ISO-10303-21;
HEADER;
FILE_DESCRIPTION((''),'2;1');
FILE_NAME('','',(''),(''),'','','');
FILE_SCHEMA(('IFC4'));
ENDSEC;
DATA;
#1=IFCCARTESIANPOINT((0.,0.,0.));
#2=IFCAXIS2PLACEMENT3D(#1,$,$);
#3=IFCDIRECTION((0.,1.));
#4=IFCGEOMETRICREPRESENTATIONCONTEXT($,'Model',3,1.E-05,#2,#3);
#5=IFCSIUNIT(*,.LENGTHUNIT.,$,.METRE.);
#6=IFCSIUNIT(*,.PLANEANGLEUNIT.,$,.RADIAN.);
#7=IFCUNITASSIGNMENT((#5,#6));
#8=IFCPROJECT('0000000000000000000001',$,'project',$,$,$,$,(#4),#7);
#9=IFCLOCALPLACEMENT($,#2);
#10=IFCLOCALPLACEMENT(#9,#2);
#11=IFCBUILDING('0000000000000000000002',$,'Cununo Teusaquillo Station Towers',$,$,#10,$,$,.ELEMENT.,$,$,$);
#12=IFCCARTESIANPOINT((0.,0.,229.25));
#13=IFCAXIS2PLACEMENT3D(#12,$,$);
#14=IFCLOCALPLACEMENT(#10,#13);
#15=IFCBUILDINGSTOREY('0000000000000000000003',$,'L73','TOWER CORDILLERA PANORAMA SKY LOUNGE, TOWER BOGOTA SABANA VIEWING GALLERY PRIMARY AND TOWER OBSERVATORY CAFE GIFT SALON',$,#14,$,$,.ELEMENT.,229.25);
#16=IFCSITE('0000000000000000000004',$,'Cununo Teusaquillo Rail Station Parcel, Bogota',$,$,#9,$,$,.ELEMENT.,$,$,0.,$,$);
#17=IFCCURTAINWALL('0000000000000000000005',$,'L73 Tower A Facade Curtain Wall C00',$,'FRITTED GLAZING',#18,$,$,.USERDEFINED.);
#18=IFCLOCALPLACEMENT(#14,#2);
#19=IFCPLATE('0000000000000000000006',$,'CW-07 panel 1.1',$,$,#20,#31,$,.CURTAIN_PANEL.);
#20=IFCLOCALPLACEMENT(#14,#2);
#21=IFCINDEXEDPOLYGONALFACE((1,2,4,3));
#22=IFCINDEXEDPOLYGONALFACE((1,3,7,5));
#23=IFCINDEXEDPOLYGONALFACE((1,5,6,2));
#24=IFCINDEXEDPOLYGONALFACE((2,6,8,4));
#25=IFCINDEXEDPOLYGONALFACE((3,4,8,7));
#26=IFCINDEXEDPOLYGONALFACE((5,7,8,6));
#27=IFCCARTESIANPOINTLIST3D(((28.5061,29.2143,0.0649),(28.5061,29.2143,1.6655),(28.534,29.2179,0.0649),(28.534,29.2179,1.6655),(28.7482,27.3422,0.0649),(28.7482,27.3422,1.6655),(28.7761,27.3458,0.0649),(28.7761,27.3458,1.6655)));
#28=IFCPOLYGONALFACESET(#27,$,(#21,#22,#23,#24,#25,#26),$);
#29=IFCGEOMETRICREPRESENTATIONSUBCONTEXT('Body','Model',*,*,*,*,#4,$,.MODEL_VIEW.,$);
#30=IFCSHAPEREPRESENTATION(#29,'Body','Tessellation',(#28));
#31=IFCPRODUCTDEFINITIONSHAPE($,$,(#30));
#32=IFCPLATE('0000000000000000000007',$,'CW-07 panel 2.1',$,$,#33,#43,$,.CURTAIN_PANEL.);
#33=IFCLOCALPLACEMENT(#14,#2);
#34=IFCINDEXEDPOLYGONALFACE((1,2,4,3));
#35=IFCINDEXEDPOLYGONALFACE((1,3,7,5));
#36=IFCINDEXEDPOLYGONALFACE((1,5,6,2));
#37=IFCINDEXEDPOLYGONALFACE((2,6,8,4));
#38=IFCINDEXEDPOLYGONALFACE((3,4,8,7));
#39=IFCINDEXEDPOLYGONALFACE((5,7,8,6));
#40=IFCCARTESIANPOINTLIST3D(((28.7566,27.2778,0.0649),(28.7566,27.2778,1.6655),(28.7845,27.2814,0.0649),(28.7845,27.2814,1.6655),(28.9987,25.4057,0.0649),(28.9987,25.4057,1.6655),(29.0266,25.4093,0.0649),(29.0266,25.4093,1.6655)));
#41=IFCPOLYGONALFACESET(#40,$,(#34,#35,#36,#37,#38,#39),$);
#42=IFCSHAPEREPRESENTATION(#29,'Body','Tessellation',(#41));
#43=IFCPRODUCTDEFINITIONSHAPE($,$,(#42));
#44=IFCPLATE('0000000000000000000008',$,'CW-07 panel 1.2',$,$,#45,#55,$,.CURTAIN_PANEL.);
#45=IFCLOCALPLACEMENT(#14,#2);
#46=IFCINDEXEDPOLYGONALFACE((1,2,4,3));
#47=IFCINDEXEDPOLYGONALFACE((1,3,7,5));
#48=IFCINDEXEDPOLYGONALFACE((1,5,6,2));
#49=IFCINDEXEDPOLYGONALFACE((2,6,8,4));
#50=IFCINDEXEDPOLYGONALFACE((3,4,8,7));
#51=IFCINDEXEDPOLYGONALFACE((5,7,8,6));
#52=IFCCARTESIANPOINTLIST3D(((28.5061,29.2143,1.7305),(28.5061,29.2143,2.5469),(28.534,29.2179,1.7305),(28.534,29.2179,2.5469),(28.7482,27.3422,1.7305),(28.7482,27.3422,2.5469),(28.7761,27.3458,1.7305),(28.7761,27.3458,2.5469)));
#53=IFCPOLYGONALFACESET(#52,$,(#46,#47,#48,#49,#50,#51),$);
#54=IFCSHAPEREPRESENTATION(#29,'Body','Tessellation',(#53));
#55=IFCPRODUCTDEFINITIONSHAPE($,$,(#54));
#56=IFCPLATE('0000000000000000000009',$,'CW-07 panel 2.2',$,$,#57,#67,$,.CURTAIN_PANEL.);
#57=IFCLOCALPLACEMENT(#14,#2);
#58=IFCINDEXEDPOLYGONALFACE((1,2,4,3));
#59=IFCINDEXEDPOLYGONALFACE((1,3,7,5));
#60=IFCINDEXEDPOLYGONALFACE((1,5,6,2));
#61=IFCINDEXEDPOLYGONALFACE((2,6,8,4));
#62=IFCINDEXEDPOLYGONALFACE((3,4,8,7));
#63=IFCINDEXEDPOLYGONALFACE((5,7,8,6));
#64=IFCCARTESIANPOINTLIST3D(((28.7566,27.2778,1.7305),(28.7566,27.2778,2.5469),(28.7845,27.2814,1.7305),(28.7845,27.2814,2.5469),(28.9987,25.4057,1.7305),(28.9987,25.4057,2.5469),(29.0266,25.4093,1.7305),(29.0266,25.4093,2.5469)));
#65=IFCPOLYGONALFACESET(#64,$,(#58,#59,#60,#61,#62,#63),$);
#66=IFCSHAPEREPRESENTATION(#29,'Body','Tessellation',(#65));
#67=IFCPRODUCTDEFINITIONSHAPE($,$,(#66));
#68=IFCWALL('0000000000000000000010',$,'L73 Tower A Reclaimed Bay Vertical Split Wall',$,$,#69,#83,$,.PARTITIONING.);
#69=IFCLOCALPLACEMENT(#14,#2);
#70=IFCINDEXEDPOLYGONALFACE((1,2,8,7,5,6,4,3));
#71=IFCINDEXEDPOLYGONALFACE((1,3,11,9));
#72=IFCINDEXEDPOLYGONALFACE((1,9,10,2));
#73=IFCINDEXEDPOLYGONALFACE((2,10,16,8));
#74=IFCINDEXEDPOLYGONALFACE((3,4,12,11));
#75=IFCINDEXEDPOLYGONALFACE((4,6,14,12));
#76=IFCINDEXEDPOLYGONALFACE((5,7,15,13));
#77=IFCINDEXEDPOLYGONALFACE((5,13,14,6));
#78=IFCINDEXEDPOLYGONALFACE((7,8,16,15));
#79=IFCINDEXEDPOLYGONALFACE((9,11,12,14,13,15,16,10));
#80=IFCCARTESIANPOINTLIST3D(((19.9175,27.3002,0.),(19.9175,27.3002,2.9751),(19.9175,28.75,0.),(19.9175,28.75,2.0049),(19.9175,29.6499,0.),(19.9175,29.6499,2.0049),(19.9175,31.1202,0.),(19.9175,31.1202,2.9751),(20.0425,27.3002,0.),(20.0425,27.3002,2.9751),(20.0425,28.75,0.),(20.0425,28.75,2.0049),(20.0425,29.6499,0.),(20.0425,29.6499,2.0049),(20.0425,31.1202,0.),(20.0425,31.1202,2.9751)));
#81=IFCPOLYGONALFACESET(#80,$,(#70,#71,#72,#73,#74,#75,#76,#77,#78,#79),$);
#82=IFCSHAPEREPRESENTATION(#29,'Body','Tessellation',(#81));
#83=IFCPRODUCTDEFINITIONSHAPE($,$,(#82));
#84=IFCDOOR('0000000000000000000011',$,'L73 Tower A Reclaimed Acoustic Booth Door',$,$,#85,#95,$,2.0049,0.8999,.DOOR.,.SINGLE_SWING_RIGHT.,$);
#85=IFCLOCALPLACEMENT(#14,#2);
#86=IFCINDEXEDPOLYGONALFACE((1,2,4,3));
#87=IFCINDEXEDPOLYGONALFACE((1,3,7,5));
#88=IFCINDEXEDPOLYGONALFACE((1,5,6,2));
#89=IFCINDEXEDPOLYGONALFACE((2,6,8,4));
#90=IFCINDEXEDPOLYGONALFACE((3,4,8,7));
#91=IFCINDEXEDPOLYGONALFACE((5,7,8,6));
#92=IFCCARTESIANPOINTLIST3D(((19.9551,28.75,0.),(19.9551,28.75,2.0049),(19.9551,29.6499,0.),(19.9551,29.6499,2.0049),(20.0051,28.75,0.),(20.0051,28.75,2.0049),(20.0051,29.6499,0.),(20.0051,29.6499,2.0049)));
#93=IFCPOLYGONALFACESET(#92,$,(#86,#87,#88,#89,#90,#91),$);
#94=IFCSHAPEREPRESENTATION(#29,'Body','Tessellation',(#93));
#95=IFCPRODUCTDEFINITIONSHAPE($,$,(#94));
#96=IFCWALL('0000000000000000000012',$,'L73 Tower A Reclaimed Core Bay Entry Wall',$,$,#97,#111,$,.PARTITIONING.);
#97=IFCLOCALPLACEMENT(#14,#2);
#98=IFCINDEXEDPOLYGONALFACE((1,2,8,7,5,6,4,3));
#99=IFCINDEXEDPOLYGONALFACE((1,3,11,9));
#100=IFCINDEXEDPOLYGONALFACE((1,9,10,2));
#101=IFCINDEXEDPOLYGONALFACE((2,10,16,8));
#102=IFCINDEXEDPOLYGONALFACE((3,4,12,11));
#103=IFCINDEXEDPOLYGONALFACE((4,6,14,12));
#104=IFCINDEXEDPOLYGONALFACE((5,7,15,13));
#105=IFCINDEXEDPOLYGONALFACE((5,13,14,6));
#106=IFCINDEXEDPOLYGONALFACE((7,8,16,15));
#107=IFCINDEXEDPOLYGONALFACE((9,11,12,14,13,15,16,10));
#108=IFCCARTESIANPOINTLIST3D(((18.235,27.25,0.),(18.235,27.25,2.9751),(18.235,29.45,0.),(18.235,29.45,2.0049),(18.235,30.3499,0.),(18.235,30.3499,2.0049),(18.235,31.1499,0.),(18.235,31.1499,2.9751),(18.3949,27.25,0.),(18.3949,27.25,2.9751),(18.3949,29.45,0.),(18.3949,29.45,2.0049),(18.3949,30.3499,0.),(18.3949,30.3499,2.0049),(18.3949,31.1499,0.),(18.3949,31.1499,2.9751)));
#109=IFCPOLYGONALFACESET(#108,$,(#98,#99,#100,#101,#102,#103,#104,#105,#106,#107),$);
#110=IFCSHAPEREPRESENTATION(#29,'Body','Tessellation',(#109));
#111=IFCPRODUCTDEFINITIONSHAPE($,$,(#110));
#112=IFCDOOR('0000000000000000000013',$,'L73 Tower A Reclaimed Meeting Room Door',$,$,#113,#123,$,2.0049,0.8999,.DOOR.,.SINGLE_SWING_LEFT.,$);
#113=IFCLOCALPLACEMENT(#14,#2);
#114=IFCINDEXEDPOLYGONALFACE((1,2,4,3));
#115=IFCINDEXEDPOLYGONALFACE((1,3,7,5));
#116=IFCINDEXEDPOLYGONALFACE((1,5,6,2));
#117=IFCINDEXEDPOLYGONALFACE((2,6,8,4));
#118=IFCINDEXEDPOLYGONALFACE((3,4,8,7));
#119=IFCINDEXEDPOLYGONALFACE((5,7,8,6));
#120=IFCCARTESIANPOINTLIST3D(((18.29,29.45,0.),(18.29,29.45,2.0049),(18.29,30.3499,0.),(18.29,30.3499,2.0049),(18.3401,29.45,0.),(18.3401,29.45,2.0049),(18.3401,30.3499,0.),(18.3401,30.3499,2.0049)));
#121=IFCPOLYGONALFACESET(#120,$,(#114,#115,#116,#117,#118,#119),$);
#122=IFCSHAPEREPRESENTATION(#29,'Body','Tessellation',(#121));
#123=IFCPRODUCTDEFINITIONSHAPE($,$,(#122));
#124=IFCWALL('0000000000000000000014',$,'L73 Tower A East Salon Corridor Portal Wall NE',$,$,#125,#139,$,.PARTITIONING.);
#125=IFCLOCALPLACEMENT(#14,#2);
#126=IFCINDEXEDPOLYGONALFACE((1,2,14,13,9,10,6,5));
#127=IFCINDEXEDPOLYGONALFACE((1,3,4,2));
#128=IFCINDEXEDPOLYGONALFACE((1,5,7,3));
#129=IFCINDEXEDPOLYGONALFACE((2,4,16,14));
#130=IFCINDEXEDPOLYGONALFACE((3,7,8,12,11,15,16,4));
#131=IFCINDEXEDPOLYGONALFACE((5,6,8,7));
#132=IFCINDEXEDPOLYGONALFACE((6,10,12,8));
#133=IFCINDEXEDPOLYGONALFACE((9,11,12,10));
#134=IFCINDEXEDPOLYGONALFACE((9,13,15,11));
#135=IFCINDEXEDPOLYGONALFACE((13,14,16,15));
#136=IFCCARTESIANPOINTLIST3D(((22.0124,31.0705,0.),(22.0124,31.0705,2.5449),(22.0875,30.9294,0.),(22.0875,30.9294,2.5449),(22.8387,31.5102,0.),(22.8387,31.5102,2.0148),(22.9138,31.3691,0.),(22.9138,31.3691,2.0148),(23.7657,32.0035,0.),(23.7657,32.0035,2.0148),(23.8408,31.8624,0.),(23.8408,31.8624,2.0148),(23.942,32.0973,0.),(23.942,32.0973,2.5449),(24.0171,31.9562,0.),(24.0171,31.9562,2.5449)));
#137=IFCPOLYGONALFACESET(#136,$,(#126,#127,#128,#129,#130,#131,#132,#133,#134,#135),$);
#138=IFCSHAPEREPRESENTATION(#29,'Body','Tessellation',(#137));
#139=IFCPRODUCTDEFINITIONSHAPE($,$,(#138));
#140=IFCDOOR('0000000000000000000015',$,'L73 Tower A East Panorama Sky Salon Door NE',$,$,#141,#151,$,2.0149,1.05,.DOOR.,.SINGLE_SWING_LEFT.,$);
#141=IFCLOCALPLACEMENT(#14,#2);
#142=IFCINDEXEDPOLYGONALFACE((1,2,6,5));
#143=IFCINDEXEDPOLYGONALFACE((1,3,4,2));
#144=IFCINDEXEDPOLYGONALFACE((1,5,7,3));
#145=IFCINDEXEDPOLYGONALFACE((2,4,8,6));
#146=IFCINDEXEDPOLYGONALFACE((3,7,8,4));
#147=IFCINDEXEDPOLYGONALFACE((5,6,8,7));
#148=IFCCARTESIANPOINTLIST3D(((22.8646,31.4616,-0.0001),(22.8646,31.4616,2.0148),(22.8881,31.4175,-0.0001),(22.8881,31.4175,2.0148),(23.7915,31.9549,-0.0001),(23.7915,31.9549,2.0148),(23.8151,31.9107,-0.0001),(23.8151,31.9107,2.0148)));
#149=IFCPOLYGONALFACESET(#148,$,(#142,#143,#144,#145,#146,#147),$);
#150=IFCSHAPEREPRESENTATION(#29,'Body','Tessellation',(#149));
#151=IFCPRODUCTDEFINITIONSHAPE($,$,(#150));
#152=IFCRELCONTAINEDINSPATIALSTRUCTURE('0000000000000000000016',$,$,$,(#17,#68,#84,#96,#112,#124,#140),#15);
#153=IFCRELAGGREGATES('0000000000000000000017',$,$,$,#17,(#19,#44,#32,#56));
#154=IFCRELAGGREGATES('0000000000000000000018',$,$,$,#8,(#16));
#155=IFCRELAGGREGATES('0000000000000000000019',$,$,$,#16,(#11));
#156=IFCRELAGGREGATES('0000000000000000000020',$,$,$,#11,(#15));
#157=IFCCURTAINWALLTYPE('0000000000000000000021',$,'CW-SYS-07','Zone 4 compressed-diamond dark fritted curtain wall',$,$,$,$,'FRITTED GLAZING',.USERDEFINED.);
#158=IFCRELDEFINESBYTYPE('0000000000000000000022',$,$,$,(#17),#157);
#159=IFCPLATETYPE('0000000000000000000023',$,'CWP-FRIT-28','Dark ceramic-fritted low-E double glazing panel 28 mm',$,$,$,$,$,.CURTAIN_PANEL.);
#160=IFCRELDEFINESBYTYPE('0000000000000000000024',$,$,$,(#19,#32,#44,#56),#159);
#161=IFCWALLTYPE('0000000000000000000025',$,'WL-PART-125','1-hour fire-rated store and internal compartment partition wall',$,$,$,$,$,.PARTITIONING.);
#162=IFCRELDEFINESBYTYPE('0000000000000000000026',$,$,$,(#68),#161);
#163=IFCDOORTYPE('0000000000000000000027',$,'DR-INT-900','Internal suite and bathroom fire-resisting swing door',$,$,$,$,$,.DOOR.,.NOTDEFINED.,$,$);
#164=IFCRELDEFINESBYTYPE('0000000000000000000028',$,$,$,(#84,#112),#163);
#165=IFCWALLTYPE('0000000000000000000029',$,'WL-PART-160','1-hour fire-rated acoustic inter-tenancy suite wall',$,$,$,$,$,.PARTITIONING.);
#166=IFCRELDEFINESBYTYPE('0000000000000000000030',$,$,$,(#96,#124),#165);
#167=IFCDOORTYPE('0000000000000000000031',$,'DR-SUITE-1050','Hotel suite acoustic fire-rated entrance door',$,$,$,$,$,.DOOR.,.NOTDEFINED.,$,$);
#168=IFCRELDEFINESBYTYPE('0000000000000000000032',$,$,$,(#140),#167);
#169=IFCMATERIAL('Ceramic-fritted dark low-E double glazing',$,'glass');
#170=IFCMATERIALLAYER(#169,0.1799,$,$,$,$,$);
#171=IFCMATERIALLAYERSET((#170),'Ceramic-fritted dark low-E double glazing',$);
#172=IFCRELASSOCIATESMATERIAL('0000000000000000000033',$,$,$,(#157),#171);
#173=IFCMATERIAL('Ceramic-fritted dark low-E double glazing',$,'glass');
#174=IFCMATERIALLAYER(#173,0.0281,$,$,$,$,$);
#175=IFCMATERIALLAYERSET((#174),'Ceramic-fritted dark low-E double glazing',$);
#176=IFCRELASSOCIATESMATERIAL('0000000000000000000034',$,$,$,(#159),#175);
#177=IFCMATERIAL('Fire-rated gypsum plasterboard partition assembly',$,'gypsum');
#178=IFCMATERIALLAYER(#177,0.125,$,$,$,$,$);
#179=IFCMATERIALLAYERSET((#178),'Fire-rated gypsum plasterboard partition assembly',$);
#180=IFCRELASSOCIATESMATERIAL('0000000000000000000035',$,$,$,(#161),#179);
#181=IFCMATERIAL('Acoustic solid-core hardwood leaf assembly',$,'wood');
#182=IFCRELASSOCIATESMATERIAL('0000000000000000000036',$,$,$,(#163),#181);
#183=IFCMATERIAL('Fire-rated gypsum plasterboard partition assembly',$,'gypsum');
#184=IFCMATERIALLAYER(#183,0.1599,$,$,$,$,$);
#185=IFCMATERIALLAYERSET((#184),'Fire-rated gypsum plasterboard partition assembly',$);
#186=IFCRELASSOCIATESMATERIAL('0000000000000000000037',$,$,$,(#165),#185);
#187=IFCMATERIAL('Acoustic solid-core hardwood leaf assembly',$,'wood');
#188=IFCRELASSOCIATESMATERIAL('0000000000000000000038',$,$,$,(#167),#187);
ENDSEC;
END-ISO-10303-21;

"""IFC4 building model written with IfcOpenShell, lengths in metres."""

from ifc_helpers import new_model, si_unit, direction, frame, frame_2d, origin, origin_2d, place, context, subcontext, project, spatial, rectangle, extrude, source, transform, mapped, material, layer, layer_set, type_object, element, fill, aggregate, save


model = new_model("IFC4")

# Units and contexts
model_context = context("Model", 3, precision=1e-05, world=origin(), true_north=direction((0.0, 1.0)))
body_context = subcontext(model_context, "Body", "Model", "MODEL_VIEW")
ifc_project = project(units=[si_unit("LENGTHUNIT", "METRE"), si_unit("PLANEANGLEUNIT", "RADIAN")], contexts=[model_context])

# Site, building, storey
site_placement = place(None, origin())
site = spatial("IfcSite", under=ifc_project, at=site_placement, Name="Cununo Teusaquillo Rail Station Parcel, Bogota", CompositionType="ELEMENT", RefElevation=0.0)
building_placement = place(site_placement, origin())
building = spatial("IfcBuilding", under=site, at=building_placement, Name="Cununo Teusaquillo Station Towers", CompositionType="ELEMENT")
storey_placement = place(building_placement, frame((0.0, 0.0, 229.25)))
storey = spatial("IfcBuildingStorey", under=building, at=storey_placement, Name="L73", Description="TOWER CORDILLERA PANORAMA SKY LOUNGE, TOWER BOGOTA SABANA VIEWING GALLERY PRIMARY AND TOWER OBSERVATORY CAFE GIFT SALON", CompositionType="ELEMENT", Elevation=229.25)

# Curtain wall, plates
ifc_material_1 = material(Name="Ceramic-fritted dark low-E double glazing", Category="glass")
ifc_layer_1 = layer(ifc_material_1, 0.1799)
ifc_layer_set_1 = layer_set([ifc_layer_1], Name="Ceramic-fritted dark low-E double glazing")
curtain_wall_type = type_object("IfcCurtainWallType", Name="CW-SYS-07", Description="Zone 4 compressed-diamond dark fritted curtain wall", ElementType="FRITTED GLAZING", PredefinedType="USERDEFINED", material=ifc_layer_set_1)
curtain_wall_placement = place(storey_placement, origin())
curtain_wall = element("IfcCurtainWall", 1, at=curtain_wall_placement, inside=storey, type_object=curtain_wall_type, Name="L73 Tower A Facade Curtain Wall C00", ObjectType="FRITTED GLAZING", PredefinedType="USERDEFINED")
ifc_material_2 = material(Name="Ceramic-fritted dark low-E double glazing", Category="glass")
ifc_layer_2 = layer(ifc_material_2, 0.0281)
ifc_layer_set_2 = layer_set([ifc_layer_2], Name="Ceramic-fritted dark low-E double glazing")
plate_type = type_object("IfcPlateType", Name="CWP-FRIT-28", Description="Dark ceramic-fritted low-E double glazing panel 28 mm", PredefinedType="CURTAIN_PANEL", material=ifc_layer_set_2)
shared_shape_1 = source(origin(), body_context, "Body", "SweptSolid", [
    extrude(rectangle(XDim=1.8877, YDim=0.0281, at=origin_2d()), origin(), (0.0, 0.0, 1.0), 1.6006),
])
plate_1_placement = place(storey_placement, frame((28.6411, 28.28, 0.0649), z_axis=(0.0, 0.0, 1.0), x_axis=(0.128253, -0.991742, 0.0)))
plate_1 = element("IfcPlate", 2, at=plate_1_placement, type_object=plate_type, Name="CW-07 panel 1.1", PredefinedType="CURTAIN_PANEL", context=body_context, shape_type="MappedRepresentation", body=[
    mapped(shared_shape_1, transform((0.0, 0.0, 0.0), x_axis=(1.0, 0.0, 0.0), y_axis=(0.0, 1.0, 0.0), z_axis=(0.0, 0.0, 1.0), scale=1.0)),
])
plate_2_placement = place(storey_placement, frame((28.8916, 26.3435, 0.0649), z_axis=(0.0, 0.0, 1.0), x_axis=(0.128253, -0.991742, 0.0)))
plate_2 = element("IfcPlate", 3, at=plate_2_placement, type_object=plate_type, Name="CW-07 panel 2.1", PredefinedType="CURTAIN_PANEL", context=body_context, shape_type="MappedRepresentation", body=[
    mapped(shared_shape_1, transform((0.0, 0.0, 0.0), x_axis=(1.0, 0.0, 0.0), y_axis=(0.0, 1.0, 0.0), z_axis=(0.0, 0.0, 1.0), scale=1.0)),
])
shared_shape_2 = source(origin(), body_context, "Body", "SweptSolid", [
    extrude(rectangle(XDim=1.8877, YDim=0.0281, at=origin_2d()), origin(), (0.0, 0.0, 1.0), 0.8164),
])
plate_3_placement = place(storey_placement, frame((28.6411, 28.28, 1.7305), z_axis=(0.0, 0.0, 1.0), x_axis=(0.128253, -0.991742, 0.0)))
plate_3 = element("IfcPlate", 4, at=plate_3_placement, type_object=plate_type, Name="CW-07 panel 1.2", PredefinedType="CURTAIN_PANEL", context=body_context, shape_type="MappedRepresentation", body=[
    mapped(shared_shape_2, transform((0.0, 0.0, 0.0), x_axis=(1.0, 0.0, 0.0), y_axis=(0.0, 1.0, 0.0), z_axis=(0.0, 0.0, 1.0), scale=1.0)),
])
plate_4_placement = place(storey_placement, frame((28.8916, 26.3435, 1.7305), z_axis=(0.0, 0.0, 1.0), x_axis=(0.128253, -0.991742, 0.0)))
plate_4 = element("IfcPlate", 5, at=plate_4_placement, type_object=plate_type, Name="CW-07 panel 2.2", PredefinedType="CURTAIN_PANEL", context=body_context, shape_type="MappedRepresentation", body=[
    mapped(shared_shape_2, transform((0.0, 0.0, 0.0), x_axis=(1.0, 0.0, 0.0), y_axis=(0.0, 1.0, 0.0), z_axis=(0.0, 0.0, 1.0), scale=1.0)),
])
aggregate(curtain_wall, [plate_1, plate_3, plate_2, plate_4])

# Walls, openings, doors
ifc_material_3 = material(Name="Fire-rated gypsum plasterboard partition assembly", Category="gypsum")
ifc_layer_3 = layer(ifc_material_3, 0.125)
ifc_layer_set_3 = layer_set([ifc_layer_3], Name="Fire-rated gypsum plasterboard partition assembly")
wall_type_1 = type_object("IfcWallType", Name="WL-PART-125", Description="1-hour fire-rated store and internal compartment partition wall", PredefinedType="PARTITIONING", material=ifc_layer_set_3)
wall_1_placement = place(storey_placement, frame((19.98, 27.3, 0.0), z_axis=(0.0, 0.0, 1.0), x_axis=(0.0, 1.0, 0.0)))
wall_1 = element("IfcWall", 6, at=wall_1_placement, inside=storey, type_object=wall_type_1, Name="L73 Tower A Reclaimed Bay Vertical Split Wall", PredefinedType="PARTITIONING", context=body_context, shape_type="SweptSolid", body=[
    extrude(rectangle(XDim=3.8201, YDim=0.125, at=frame_2d((1.9102, 0.0))), origin(), (0.0, 0.0, 1.0), 2.9751),
])
shared_shape_3 = source(origin(), body_context, "Body", "SweptSolid", [
    extrude(rectangle(XDim=0.8999, YDim=2.0049, at=frame_2d((0.45, 1.0024))), frame((0.0, 0.0725, 0.0), z_axis=(0.0, -1.0, 0.0), x_axis=(1.0, 0.0, 0.0)), (0.0, 0.0, 1.0), 0.145),
])
opening_1_placement = place(wall_1_placement, frame((1.45, 0.0, 0.0)))
opening_1 = element("IfcOpeningElement", 7, at=opening_1_placement, cuts=wall_1, PredefinedType="OPENING", context=body_context, shape_type="MappedRepresentation", body=[
    mapped(shared_shape_3, transform((0.0, 0.0, 0.0), x_axis=(1.0, 0.0, 0.0), y_axis=(0.0, 1.0, 0.0), z_axis=(0.0, 0.0, 1.0), scale=1.0)),
])
ifc_material_4 = material(Name="Acoustic solid-core hardwood leaf assembly", Category="wood")
door_type_1 = type_object("IfcDoorType", Name="DR-INT-900", Description="Internal suite and bathroom fire-resisting swing door", OperationType="NOTDEFINED", PredefinedType="DOOR", material=ifc_material_4)
shared_shape_4 = source(origin(), body_context, "Body", "SweptSolid", [
    extrude(rectangle(XDim=0.8999, YDim=2.0049, at=frame_2d((0.45, 1.0024))), frame((0.0, 0.0249, 0.0), z_axis=(0.0, -1.0, 0.0), x_axis=(1.0, 0.0, 0.0)), (0.0, 0.0, 1.0), 0.05),
])
door_1_placement = place(opening_1_placement, origin())
door_1 = element("IfcDoor", 8, at=door_1_placement, inside=storey, type_object=door_type_1, Name="L73 Tower A Reclaimed Acoustic Booth Door", OperationType="SINGLE_SWING_RIGHT", OverallHeight=2.0049, OverallWidth=0.8999, PredefinedType="DOOR", context=body_context, shape_type="MappedRepresentation", body=[
    mapped(shared_shape_4, transform((0.0, 0.0, 0.0), x_axis=(1.0, 0.0, 0.0), y_axis=(0.0, 1.0, 0.0), z_axis=(0.0, 0.0, 1.0), scale=1.0)),
])
fill(opening_1, door_1)
ifc_material_5 = material(Name="Fire-rated gypsum plasterboard partition assembly", Category="gypsum")
ifc_layer_4 = layer(ifc_material_5, 0.1599)
ifc_layer_set_4 = layer_set([ifc_layer_4], Name="Fire-rated gypsum plasterboard partition assembly")
wall_type_2 = type_object("IfcWallType", Name="WL-PART-160", Description="1-hour fire-rated acoustic inter-tenancy suite wall", PredefinedType="PARTITIONING", material=ifc_layer_set_4)
wall_2_placement = place(storey_placement, frame((18.3149, 27.25, 0.0), z_axis=(0.0, 0.0, 1.0), x_axis=(0.0, 1.0, 0.0)))
wall_2 = element("IfcWall", 9, at=wall_2_placement, inside=storey, type_object=wall_type_2, Name="L73 Tower A Reclaimed Core Bay Entry Wall", PredefinedType="PARTITIONING", context=body_context, shape_type="SweptSolid", body=[
    extrude(rectangle(XDim=3.8999, YDim=0.1599, at=frame_2d((1.95, 0.0))), origin(), (0.0, 0.0, 1.0), 2.9751),
])
shared_shape_5 = source(origin(), body_context, "Body", "SweptSolid", [
    extrude(rectangle(XDim=0.8999, YDim=2.0049, at=frame_2d((0.45, 1.0024))), frame((0.0, 0.0898, 0.0), z_axis=(0.0, -1.0, 0.0), x_axis=(1.0, 0.0, 0.0)), (0.0, 0.0, 1.0), 0.1799),
])
opening_2_placement = place(wall_2_placement, frame((2.2, 0.0, 0.0)))
opening_2 = element("IfcOpeningElement", 10, at=opening_2_placement, cuts=wall_2, PredefinedType="OPENING", context=body_context, shape_type="MappedRepresentation", body=[
    mapped(shared_shape_5, transform((0.0, 0.0, 0.0), x_axis=(1.0, 0.0, 0.0), y_axis=(0.0, 1.0, 0.0), z_axis=(0.0, 0.0, 1.0), scale=1.0)),
])
door_2_placement = place(opening_2_placement, origin())
door_2 = element("IfcDoor", 11, at=door_2_placement, inside=storey, type_object=door_type_1, Name="L73 Tower A Reclaimed Meeting Room Door", OperationType="SINGLE_SWING_LEFT", OverallHeight=2.0049, OverallWidth=0.8999, PredefinedType="DOOR", context=body_context, shape_type="MappedRepresentation", body=[
    mapped(shared_shape_4, transform((0.0, 0.0, 0.0), x_axis=(1.0, 0.0, 0.0), y_axis=(0.0, 1.0, 0.0), z_axis=(0.0, 0.0, 1.0), scale=1.0)),
])
fill(opening_2, door_2)
wall_3_placement = place(storey_placement, frame((22.05, 31.0, 0.0), z_axis=(0.0, 0.0, 1.0), x_axis=(0.882792, 0.469765, 0.0)))
wall_3 = element("IfcWall", 12, at=wall_3_placement, inside=storey, type_object=wall_type_2, Name="L73 Tower A East Salon Corridor Portal Wall NE", PredefinedType="PARTITIONING", context=body_context, shape_type="SweptSolid", body=[
    extrude(rectangle(XDim=2.1858, YDim=0.1599, at=frame_2d((1.0928, 0.0))), origin(), (0.0, 0.0, 1.0), 2.5449),
])
shared_shape_6 = source(origin(), body_context, "Body", "SweptSolid", [
    extrude(rectangle(XDim=1.05, YDim=2.0149, at=frame_2d((0.5249, 1.0073))), frame((0.0, 0.0898, 0.0), z_axis=(0.0, -1.0, 0.0), x_axis=(1.0, 0.0, 0.0)), (0.0, 0.0, 1.0), 0.1799),
])
opening_3_placement = place(wall_3_placement, frame((0.936, 0.0, 0.0)))
opening_3 = element("IfcOpeningElement", 13, at=opening_3_placement, cuts=wall_3, PredefinedType="OPENING", context=body_context, shape_type="MappedRepresentation", body=[
    mapped(shared_shape_6, transform((0.0, 0.0, 0.0), x_axis=(1.0, 0.0, 0.0), y_axis=(0.0, 1.0, 0.0), z_axis=(0.0, 0.0, 1.0), scale=1.0)),
])
ifc_material_6 = material(Name="Acoustic solid-core hardwood leaf assembly", Category="wood")
door_type_2 = type_object("IfcDoorType", Name="DR-SUITE-1050", Description="Hotel suite acoustic fire-rated entrance door", OperationType="NOTDEFINED", PredefinedType="DOOR", material=ifc_material_6)
shared_shape_7 = source(origin(), body_context, "Body", "SweptSolid", [
    extrude(rectangle(XDim=1.05, YDim=2.0149, at=frame_2d((0.5249, 1.0073))), frame((0.0, 0.0249, 0.0), z_axis=(0.0, -1.0, 0.0), x_axis=(1.0, 0.0, 0.0)), (0.0, 0.0, 1.0), 0.05),
])
door_3_placement = place(opening_3_placement, origin())
door_3 = element("IfcDoor", 14, at=door_3_placement, inside=storey, type_object=door_type_2, Name="L73 Tower A East Panorama Sky Salon Door NE", OperationType="SINGLE_SWING_LEFT", OverallHeight=2.0149, OverallWidth=1.05, PredefinedType="DOOR", context=body_context, shape_type="MappedRepresentation", body=[
    mapped(shared_shape_7, transform((0.0, 0.0, 0.0), x_axis=(1.0, 0.0, 0.0), y_axis=(0.0, 1.0, 0.0), z_axis=(0.0, 0.0, 1.0), scale=1.0)),
])
fill(opening_3, door_3)

save(model, "model.ifc")
